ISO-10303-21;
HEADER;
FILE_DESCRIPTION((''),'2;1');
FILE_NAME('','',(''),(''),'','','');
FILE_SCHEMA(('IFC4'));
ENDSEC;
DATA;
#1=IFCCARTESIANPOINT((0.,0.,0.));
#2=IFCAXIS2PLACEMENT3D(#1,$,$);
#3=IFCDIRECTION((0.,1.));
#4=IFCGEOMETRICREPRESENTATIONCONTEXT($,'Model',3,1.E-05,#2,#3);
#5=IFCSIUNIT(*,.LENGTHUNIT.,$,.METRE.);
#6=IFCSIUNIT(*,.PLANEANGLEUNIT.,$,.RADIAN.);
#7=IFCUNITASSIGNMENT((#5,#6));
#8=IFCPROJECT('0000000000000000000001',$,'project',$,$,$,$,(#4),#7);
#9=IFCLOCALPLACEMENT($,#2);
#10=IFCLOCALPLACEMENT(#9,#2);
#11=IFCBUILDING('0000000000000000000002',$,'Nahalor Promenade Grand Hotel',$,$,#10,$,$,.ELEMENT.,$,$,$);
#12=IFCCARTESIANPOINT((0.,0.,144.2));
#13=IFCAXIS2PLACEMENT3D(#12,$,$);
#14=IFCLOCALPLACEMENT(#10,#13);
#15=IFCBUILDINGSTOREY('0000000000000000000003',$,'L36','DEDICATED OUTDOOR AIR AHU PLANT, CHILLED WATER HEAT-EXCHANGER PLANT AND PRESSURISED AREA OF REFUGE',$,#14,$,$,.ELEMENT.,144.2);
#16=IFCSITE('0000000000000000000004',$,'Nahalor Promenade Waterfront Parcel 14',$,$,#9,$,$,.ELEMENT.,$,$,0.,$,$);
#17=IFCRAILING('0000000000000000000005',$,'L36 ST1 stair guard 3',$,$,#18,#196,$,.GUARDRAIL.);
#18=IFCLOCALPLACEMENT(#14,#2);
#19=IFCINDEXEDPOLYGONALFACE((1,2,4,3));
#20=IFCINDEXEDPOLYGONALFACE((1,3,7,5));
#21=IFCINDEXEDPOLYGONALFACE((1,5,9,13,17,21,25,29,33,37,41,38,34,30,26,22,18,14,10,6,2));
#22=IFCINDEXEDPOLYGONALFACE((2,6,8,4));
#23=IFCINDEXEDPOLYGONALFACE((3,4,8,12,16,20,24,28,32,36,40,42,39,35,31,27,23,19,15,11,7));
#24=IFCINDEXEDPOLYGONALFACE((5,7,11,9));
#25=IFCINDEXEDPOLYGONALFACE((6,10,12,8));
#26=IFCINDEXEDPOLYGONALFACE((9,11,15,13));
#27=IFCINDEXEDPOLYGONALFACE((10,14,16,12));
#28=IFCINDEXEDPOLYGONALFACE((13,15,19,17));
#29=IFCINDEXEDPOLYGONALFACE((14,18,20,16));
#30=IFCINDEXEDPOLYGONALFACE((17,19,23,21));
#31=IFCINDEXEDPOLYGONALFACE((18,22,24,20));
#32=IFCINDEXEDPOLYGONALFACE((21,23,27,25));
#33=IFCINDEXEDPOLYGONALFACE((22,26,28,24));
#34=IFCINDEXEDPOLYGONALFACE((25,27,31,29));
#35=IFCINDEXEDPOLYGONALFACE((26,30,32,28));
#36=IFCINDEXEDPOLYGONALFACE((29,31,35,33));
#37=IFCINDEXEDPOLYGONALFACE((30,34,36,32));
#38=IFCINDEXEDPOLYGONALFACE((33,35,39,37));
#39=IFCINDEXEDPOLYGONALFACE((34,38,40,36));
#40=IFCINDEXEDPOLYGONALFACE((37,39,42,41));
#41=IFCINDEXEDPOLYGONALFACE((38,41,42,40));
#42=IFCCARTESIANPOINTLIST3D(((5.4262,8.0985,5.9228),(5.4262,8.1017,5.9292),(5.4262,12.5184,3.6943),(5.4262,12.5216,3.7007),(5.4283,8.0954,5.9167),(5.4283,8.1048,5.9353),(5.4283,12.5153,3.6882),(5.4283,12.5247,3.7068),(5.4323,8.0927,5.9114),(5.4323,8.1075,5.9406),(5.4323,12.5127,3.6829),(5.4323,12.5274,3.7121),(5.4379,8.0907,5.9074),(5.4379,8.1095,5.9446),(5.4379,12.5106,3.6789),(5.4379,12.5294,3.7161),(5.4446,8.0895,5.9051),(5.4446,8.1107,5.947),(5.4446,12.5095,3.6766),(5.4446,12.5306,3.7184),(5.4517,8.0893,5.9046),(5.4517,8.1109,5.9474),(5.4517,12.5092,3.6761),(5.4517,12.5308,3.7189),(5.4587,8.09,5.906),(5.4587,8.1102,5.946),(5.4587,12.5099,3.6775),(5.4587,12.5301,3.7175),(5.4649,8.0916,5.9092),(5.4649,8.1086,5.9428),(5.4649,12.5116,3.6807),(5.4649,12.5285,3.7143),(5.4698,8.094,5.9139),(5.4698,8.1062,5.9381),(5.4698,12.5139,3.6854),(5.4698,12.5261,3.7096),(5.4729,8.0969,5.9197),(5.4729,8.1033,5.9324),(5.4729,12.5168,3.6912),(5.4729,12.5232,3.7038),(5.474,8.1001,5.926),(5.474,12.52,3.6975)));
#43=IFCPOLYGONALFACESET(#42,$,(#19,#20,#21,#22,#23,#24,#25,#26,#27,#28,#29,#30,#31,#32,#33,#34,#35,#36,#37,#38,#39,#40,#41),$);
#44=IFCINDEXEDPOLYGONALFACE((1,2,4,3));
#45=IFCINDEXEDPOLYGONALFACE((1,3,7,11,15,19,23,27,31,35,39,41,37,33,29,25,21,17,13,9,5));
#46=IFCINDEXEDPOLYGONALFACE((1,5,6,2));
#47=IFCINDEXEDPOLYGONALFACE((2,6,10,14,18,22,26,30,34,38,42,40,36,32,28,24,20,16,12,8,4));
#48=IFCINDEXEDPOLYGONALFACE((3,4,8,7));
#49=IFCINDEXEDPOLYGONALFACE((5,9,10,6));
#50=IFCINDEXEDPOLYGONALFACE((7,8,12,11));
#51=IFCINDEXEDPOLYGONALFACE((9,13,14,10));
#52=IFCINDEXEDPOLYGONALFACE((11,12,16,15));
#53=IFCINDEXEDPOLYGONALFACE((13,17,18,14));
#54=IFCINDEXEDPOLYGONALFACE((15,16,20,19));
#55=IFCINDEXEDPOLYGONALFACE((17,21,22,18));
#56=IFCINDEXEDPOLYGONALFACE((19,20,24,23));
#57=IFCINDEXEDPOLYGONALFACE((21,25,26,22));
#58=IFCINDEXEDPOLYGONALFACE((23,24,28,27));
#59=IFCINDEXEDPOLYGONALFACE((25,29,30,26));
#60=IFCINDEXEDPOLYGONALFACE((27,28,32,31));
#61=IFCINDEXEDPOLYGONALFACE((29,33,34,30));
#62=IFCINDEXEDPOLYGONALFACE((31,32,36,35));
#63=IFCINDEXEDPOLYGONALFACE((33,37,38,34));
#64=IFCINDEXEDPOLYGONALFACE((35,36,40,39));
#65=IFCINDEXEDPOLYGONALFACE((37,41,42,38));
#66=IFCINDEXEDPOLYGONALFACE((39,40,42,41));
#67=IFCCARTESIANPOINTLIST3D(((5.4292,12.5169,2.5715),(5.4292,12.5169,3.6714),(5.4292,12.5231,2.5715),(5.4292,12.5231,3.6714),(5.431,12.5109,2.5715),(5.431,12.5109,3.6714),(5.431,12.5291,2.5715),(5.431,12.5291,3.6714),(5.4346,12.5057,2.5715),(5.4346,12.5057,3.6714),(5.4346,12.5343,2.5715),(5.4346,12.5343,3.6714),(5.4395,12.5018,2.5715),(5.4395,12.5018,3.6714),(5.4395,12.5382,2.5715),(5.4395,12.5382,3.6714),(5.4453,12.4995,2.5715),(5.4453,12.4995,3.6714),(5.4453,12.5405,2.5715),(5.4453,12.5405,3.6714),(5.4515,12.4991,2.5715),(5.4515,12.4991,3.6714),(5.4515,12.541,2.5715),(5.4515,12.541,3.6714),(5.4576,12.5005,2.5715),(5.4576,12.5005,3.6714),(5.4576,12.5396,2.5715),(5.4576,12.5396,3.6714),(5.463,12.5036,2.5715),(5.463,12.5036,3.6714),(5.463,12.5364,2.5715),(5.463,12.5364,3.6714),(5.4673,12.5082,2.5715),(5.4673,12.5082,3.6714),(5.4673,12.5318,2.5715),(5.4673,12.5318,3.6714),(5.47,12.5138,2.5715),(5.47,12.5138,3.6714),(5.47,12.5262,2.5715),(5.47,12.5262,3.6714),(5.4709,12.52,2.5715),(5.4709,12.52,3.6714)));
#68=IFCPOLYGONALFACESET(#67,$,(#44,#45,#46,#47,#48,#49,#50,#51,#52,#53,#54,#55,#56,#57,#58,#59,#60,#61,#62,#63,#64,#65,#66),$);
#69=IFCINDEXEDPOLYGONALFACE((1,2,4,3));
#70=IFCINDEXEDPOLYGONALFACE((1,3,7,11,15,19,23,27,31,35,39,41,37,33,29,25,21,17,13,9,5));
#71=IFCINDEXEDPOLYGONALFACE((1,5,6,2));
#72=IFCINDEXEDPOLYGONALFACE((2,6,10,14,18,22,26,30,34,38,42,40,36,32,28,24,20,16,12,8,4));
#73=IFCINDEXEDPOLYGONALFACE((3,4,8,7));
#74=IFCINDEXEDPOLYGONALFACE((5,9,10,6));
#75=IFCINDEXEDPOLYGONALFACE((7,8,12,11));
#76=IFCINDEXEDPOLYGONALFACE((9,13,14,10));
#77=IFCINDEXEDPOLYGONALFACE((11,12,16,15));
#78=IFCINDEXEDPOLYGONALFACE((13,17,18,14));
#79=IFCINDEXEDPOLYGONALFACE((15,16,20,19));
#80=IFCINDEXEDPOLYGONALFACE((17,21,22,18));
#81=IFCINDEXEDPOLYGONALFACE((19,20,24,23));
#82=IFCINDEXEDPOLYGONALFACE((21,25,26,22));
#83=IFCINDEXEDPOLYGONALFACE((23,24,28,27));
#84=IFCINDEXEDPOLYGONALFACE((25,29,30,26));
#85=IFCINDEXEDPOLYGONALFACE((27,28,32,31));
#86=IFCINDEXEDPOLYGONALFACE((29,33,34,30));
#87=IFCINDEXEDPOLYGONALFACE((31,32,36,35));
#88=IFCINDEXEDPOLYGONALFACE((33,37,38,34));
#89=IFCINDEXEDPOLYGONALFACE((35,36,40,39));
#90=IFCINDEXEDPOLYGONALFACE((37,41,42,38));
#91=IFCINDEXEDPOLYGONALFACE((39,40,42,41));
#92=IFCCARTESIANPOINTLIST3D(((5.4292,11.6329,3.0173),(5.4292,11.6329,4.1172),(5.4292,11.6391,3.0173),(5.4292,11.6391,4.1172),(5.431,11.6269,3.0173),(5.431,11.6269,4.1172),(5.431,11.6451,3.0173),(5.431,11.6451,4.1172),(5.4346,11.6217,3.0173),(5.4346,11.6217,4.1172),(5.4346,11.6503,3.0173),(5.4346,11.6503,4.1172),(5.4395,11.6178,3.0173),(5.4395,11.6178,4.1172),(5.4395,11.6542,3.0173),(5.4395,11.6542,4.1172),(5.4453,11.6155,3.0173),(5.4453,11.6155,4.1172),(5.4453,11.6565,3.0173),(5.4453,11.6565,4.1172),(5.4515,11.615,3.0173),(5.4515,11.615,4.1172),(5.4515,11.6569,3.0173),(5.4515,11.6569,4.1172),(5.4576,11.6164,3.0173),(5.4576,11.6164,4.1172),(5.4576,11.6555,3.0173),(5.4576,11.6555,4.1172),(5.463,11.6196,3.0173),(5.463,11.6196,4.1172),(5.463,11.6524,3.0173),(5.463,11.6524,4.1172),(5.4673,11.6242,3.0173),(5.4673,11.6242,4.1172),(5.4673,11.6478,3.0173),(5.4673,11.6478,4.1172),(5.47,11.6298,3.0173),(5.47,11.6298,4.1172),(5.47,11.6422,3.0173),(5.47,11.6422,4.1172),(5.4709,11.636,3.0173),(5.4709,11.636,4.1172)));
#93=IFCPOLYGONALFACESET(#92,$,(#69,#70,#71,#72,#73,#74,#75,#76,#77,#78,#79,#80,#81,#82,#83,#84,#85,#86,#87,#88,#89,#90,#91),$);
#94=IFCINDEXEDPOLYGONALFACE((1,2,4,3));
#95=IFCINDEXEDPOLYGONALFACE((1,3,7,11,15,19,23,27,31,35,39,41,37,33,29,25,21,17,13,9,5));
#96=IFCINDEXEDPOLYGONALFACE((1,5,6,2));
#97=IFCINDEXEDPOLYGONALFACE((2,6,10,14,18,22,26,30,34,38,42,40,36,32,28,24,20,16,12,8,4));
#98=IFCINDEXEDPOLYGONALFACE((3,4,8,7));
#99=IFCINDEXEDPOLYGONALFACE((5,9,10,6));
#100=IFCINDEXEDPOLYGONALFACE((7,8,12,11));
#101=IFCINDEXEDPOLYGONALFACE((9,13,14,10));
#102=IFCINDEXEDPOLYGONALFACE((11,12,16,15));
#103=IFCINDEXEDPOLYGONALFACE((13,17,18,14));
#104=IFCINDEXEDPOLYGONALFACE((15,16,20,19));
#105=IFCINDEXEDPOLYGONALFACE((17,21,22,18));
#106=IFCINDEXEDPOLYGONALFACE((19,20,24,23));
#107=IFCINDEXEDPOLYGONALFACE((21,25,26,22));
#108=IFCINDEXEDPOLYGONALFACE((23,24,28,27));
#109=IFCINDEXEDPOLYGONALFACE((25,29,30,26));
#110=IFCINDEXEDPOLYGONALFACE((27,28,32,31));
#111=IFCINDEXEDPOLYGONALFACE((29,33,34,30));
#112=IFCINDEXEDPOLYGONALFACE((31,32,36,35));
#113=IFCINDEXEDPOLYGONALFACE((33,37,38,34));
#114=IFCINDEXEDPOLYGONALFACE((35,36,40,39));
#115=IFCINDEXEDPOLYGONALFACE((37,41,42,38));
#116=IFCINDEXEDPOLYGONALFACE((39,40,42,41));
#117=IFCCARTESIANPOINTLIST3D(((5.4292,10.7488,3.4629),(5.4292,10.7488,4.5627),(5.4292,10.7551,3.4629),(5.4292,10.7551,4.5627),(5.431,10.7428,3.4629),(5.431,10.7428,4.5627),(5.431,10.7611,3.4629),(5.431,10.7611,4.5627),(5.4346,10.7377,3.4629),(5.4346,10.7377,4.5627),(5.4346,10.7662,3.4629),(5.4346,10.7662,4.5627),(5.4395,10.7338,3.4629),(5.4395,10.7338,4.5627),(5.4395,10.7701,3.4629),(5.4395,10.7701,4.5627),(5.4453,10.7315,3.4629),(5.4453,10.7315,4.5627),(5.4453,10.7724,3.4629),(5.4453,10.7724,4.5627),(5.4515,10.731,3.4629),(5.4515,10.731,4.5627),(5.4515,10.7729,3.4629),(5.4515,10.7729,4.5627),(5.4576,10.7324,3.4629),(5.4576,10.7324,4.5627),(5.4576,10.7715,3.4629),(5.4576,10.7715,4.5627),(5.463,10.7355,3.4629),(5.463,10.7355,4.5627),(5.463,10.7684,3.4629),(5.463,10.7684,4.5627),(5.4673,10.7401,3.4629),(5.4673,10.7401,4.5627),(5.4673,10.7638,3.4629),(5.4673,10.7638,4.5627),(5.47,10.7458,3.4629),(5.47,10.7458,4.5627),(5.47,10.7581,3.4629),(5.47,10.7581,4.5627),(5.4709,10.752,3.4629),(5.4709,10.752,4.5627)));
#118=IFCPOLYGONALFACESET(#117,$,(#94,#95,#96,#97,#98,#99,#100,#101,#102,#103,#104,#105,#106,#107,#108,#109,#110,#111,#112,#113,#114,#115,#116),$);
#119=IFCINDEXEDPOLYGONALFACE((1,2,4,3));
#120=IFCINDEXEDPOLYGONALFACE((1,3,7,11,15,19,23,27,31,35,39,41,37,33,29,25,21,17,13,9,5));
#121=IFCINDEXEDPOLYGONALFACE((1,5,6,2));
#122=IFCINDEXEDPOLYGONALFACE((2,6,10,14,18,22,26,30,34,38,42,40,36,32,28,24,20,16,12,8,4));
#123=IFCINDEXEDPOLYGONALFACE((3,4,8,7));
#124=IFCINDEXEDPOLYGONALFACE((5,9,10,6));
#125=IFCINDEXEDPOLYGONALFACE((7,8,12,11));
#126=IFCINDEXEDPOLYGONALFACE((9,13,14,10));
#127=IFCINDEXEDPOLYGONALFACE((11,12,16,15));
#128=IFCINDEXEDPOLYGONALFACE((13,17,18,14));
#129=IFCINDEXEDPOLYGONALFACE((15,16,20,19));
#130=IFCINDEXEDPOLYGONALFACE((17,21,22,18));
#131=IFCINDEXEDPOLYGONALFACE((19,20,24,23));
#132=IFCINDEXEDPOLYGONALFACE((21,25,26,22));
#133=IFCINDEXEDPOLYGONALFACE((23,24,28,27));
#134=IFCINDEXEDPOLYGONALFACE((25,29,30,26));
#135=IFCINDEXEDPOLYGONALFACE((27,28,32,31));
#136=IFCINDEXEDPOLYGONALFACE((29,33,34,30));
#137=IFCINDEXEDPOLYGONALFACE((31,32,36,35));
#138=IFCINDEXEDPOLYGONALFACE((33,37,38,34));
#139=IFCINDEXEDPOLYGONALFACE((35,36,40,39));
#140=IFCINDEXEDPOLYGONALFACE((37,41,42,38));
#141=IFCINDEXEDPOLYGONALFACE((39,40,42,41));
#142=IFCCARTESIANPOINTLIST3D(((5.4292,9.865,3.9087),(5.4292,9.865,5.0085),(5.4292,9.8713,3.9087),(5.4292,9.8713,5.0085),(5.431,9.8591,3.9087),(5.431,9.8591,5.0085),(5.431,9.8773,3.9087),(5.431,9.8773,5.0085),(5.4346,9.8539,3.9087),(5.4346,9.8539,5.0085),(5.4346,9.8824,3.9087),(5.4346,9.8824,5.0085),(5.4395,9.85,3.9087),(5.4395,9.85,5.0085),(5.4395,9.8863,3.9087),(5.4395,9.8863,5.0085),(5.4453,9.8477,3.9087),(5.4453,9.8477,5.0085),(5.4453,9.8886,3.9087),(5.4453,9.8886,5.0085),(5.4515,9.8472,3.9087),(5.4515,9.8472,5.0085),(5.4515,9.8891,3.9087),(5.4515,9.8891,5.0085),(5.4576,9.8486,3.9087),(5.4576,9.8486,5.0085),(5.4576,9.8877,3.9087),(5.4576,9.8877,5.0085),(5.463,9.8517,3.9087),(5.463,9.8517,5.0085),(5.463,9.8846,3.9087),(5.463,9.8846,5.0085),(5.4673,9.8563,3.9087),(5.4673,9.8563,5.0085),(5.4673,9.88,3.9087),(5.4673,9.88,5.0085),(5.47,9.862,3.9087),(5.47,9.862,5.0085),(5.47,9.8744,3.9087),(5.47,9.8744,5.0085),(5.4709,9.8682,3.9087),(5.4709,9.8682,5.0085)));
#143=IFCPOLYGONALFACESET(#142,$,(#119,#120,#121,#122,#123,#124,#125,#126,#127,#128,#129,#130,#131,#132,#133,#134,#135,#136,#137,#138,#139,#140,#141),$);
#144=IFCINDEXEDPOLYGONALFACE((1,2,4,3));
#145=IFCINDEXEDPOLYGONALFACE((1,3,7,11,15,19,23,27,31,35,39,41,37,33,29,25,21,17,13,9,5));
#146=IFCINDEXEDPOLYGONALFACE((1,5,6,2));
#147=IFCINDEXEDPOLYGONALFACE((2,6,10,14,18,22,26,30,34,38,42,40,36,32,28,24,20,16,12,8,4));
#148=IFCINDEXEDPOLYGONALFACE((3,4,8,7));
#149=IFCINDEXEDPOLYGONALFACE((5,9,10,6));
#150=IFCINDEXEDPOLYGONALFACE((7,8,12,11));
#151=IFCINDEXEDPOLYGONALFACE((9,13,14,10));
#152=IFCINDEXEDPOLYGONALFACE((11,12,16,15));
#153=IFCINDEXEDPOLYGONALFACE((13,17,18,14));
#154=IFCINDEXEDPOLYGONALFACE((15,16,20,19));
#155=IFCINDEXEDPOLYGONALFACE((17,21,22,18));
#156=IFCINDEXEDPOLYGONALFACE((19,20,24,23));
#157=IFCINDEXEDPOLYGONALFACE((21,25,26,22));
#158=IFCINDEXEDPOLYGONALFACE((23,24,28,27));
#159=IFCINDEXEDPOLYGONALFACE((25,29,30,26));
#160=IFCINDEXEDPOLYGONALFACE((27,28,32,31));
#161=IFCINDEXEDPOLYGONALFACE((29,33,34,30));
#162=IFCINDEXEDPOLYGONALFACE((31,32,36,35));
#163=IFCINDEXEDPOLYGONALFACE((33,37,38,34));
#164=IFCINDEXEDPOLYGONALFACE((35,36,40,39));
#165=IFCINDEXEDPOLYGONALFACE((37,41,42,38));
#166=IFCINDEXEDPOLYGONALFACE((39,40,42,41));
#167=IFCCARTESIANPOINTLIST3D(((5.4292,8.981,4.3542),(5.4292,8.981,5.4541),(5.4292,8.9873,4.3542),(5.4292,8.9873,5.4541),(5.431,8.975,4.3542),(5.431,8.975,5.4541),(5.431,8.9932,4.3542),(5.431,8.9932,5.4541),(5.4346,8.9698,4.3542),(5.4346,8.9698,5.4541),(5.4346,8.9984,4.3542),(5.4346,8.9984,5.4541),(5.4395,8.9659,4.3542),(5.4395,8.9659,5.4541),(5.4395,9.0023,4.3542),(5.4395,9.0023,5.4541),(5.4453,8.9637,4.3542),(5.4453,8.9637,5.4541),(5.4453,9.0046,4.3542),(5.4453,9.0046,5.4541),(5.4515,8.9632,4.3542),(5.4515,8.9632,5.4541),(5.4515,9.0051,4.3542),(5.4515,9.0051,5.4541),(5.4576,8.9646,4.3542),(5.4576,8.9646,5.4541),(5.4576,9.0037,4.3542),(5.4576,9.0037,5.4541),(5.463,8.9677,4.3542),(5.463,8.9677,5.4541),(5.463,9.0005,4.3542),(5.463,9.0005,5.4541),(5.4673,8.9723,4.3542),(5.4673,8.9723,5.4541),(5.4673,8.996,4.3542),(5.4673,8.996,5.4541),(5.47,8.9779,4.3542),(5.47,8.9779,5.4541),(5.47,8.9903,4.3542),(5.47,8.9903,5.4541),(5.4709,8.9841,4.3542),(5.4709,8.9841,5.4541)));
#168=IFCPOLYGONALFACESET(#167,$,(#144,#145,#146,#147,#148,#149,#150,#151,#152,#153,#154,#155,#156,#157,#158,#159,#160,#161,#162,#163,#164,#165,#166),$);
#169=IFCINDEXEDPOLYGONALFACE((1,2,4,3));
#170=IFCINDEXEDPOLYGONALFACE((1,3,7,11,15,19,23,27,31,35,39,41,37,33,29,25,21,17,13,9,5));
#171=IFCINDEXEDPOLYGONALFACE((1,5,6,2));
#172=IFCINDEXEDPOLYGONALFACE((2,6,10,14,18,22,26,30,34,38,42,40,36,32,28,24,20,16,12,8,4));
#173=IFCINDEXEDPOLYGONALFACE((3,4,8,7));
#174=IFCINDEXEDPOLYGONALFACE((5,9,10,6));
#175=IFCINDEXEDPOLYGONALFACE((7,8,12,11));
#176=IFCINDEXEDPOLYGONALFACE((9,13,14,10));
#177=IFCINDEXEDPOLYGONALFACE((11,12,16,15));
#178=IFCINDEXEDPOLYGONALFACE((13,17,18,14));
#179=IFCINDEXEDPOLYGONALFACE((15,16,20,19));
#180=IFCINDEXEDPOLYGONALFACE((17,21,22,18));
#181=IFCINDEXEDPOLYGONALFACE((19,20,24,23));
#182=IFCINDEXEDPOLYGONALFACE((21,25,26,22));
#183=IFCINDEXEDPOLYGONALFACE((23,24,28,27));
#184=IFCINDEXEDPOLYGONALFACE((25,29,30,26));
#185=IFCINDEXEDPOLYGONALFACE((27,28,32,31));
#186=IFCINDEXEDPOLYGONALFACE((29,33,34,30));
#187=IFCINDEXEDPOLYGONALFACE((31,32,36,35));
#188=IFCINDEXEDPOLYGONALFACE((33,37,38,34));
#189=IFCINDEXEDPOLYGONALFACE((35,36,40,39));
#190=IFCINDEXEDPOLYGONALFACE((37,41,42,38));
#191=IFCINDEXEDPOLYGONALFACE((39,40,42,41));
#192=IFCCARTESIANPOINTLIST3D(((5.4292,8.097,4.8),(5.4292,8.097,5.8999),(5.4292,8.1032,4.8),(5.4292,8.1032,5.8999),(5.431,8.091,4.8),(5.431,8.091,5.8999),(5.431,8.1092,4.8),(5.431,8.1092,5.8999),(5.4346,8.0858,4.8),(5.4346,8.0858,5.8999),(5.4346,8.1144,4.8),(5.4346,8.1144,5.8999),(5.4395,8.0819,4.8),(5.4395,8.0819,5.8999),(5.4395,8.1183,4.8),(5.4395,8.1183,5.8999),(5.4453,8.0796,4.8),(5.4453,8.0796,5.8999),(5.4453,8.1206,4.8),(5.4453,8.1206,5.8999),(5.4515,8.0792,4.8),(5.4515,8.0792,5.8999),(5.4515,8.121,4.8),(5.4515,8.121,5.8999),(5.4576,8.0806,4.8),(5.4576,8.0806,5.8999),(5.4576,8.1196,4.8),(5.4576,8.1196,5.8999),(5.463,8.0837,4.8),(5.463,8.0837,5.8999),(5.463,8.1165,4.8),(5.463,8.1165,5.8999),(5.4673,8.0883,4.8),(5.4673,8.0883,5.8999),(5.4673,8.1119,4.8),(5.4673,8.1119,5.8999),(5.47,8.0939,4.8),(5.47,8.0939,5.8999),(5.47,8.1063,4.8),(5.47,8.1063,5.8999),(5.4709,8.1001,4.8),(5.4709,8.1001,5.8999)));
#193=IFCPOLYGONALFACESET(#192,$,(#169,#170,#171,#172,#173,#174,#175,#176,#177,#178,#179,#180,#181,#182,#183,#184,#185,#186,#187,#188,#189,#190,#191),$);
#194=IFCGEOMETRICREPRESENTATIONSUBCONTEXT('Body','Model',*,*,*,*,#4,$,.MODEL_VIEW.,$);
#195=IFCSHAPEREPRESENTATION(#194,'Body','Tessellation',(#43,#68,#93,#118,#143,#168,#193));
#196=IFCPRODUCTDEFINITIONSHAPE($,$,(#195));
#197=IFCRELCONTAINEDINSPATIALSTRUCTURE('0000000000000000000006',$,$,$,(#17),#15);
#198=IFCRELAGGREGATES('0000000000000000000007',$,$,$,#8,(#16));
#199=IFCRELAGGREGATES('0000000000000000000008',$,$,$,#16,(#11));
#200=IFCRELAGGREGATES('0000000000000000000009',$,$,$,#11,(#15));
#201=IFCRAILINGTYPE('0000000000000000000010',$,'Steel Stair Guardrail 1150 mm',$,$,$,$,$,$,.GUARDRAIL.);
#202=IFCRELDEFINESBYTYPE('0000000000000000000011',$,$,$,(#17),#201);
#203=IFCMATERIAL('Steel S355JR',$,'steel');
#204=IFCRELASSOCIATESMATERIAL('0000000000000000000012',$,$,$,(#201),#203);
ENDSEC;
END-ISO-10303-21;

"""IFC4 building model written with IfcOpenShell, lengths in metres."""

from ifc_helpers import new_model, si_unit, direction, frame, origin, origin_2d, place, context, subcontext, project, spatial, circle, extrude, material, type_object, element, save


model = new_model("IFC4")

# Units and contexts
model_context = context("Model", 3, precision=1e-05, world=origin(), true_north=direction((0.0, 1.0)))
body_context = subcontext(model_context, "Body", "Model", "MODEL_VIEW")
ifc_project = project(units=[si_unit("LENGTHUNIT", "METRE"), si_unit("PLANEANGLEUNIT", "RADIAN")], contexts=[model_context])

# Site, building, storey
site_placement = place(None, origin())
site = spatial("IfcSite", under=ifc_project, at=site_placement, Name="Nahalor Promenade Waterfront Parcel 14", CompositionType="ELEMENT", RefElevation=0.0)
building_placement = place(site_placement, origin())
building = spatial("IfcBuilding", under=site, at=building_placement, Name="Nahalor Promenade Grand Hotel", CompositionType="ELEMENT")
storey_placement = place(building_placement, frame((0.0, 0.0, 144.2)))
storey = spatial("IfcBuildingStorey", under=building, at=storey_placement, Name="L36", Description="DEDICATED OUTDOOR AIR AHU PLANT, CHILLED WATER HEAT-EXCHANGER PLANT AND PRESSURISED AREA OF REFUGE", CompositionType="ELEMENT", Elevation=144.2)

# Shared definitions
ifc_material_1 = material(Name="Steel S355JR", Category="steel")

# Railing
railing_type_1 = type_object("IfcRailingType", Name="Steel Stair Guardrail 1150 mm", PredefinedType="GUARDRAIL", material=ifc_material_1)
railing_1_placement = place(storey_placement, frame((5.45, 12.52, 2.5715)))
element("IfcRailing", 1, at=railing_1_placement, inside=storey, type_object=railing_type_1, Name="L36 ST1 stair guard 3", PredefinedType="GUARDRAIL", context=body_context, shape_type="SweptSolid", body=[
    extrude(circle(Radius=0.024, at=origin_2d()), frame((0.0, 0.0, 1.126), z_axis=(0.0, -0.892923, 0.45021), x_axis=(1.0, 0.0, 0.0)), (0.0, 0.0, 1.0), 4.95),
    extrude(circle(Radius=0.021, at=origin_2d()), origin(), (0.0, 0.0, 1.0), 1.0999),
    extrude(circle(Radius=0.021, at=origin_2d()), frame((0.0, -0.884, 0.4458)), (0.0, 0.0, 1.0), 1.0999),
    extrude(circle(Radius=0.021, at=origin_2d()), frame((0.0, -1.7681, 0.8914)), (0.0, 0.0, 1.0), 1.0999),
    extrude(circle(Radius=0.021, at=origin_2d()), frame((0.0, -2.6519, 1.3372)), (0.0, 0.0, 1.0), 1.0999),
    extrude(circle(Radius=0.021, at=origin_2d()), frame((0.0, -3.5359, 1.7827)), (0.0, 0.0, 1.0), 1.0999),
    extrude(circle(Radius=0.021, at=origin_2d()), frame((0.0, -4.4199, 2.2285)), (0.0, 0.0, 1.0), 1.0999),
])

save(model, "model.ifc")
